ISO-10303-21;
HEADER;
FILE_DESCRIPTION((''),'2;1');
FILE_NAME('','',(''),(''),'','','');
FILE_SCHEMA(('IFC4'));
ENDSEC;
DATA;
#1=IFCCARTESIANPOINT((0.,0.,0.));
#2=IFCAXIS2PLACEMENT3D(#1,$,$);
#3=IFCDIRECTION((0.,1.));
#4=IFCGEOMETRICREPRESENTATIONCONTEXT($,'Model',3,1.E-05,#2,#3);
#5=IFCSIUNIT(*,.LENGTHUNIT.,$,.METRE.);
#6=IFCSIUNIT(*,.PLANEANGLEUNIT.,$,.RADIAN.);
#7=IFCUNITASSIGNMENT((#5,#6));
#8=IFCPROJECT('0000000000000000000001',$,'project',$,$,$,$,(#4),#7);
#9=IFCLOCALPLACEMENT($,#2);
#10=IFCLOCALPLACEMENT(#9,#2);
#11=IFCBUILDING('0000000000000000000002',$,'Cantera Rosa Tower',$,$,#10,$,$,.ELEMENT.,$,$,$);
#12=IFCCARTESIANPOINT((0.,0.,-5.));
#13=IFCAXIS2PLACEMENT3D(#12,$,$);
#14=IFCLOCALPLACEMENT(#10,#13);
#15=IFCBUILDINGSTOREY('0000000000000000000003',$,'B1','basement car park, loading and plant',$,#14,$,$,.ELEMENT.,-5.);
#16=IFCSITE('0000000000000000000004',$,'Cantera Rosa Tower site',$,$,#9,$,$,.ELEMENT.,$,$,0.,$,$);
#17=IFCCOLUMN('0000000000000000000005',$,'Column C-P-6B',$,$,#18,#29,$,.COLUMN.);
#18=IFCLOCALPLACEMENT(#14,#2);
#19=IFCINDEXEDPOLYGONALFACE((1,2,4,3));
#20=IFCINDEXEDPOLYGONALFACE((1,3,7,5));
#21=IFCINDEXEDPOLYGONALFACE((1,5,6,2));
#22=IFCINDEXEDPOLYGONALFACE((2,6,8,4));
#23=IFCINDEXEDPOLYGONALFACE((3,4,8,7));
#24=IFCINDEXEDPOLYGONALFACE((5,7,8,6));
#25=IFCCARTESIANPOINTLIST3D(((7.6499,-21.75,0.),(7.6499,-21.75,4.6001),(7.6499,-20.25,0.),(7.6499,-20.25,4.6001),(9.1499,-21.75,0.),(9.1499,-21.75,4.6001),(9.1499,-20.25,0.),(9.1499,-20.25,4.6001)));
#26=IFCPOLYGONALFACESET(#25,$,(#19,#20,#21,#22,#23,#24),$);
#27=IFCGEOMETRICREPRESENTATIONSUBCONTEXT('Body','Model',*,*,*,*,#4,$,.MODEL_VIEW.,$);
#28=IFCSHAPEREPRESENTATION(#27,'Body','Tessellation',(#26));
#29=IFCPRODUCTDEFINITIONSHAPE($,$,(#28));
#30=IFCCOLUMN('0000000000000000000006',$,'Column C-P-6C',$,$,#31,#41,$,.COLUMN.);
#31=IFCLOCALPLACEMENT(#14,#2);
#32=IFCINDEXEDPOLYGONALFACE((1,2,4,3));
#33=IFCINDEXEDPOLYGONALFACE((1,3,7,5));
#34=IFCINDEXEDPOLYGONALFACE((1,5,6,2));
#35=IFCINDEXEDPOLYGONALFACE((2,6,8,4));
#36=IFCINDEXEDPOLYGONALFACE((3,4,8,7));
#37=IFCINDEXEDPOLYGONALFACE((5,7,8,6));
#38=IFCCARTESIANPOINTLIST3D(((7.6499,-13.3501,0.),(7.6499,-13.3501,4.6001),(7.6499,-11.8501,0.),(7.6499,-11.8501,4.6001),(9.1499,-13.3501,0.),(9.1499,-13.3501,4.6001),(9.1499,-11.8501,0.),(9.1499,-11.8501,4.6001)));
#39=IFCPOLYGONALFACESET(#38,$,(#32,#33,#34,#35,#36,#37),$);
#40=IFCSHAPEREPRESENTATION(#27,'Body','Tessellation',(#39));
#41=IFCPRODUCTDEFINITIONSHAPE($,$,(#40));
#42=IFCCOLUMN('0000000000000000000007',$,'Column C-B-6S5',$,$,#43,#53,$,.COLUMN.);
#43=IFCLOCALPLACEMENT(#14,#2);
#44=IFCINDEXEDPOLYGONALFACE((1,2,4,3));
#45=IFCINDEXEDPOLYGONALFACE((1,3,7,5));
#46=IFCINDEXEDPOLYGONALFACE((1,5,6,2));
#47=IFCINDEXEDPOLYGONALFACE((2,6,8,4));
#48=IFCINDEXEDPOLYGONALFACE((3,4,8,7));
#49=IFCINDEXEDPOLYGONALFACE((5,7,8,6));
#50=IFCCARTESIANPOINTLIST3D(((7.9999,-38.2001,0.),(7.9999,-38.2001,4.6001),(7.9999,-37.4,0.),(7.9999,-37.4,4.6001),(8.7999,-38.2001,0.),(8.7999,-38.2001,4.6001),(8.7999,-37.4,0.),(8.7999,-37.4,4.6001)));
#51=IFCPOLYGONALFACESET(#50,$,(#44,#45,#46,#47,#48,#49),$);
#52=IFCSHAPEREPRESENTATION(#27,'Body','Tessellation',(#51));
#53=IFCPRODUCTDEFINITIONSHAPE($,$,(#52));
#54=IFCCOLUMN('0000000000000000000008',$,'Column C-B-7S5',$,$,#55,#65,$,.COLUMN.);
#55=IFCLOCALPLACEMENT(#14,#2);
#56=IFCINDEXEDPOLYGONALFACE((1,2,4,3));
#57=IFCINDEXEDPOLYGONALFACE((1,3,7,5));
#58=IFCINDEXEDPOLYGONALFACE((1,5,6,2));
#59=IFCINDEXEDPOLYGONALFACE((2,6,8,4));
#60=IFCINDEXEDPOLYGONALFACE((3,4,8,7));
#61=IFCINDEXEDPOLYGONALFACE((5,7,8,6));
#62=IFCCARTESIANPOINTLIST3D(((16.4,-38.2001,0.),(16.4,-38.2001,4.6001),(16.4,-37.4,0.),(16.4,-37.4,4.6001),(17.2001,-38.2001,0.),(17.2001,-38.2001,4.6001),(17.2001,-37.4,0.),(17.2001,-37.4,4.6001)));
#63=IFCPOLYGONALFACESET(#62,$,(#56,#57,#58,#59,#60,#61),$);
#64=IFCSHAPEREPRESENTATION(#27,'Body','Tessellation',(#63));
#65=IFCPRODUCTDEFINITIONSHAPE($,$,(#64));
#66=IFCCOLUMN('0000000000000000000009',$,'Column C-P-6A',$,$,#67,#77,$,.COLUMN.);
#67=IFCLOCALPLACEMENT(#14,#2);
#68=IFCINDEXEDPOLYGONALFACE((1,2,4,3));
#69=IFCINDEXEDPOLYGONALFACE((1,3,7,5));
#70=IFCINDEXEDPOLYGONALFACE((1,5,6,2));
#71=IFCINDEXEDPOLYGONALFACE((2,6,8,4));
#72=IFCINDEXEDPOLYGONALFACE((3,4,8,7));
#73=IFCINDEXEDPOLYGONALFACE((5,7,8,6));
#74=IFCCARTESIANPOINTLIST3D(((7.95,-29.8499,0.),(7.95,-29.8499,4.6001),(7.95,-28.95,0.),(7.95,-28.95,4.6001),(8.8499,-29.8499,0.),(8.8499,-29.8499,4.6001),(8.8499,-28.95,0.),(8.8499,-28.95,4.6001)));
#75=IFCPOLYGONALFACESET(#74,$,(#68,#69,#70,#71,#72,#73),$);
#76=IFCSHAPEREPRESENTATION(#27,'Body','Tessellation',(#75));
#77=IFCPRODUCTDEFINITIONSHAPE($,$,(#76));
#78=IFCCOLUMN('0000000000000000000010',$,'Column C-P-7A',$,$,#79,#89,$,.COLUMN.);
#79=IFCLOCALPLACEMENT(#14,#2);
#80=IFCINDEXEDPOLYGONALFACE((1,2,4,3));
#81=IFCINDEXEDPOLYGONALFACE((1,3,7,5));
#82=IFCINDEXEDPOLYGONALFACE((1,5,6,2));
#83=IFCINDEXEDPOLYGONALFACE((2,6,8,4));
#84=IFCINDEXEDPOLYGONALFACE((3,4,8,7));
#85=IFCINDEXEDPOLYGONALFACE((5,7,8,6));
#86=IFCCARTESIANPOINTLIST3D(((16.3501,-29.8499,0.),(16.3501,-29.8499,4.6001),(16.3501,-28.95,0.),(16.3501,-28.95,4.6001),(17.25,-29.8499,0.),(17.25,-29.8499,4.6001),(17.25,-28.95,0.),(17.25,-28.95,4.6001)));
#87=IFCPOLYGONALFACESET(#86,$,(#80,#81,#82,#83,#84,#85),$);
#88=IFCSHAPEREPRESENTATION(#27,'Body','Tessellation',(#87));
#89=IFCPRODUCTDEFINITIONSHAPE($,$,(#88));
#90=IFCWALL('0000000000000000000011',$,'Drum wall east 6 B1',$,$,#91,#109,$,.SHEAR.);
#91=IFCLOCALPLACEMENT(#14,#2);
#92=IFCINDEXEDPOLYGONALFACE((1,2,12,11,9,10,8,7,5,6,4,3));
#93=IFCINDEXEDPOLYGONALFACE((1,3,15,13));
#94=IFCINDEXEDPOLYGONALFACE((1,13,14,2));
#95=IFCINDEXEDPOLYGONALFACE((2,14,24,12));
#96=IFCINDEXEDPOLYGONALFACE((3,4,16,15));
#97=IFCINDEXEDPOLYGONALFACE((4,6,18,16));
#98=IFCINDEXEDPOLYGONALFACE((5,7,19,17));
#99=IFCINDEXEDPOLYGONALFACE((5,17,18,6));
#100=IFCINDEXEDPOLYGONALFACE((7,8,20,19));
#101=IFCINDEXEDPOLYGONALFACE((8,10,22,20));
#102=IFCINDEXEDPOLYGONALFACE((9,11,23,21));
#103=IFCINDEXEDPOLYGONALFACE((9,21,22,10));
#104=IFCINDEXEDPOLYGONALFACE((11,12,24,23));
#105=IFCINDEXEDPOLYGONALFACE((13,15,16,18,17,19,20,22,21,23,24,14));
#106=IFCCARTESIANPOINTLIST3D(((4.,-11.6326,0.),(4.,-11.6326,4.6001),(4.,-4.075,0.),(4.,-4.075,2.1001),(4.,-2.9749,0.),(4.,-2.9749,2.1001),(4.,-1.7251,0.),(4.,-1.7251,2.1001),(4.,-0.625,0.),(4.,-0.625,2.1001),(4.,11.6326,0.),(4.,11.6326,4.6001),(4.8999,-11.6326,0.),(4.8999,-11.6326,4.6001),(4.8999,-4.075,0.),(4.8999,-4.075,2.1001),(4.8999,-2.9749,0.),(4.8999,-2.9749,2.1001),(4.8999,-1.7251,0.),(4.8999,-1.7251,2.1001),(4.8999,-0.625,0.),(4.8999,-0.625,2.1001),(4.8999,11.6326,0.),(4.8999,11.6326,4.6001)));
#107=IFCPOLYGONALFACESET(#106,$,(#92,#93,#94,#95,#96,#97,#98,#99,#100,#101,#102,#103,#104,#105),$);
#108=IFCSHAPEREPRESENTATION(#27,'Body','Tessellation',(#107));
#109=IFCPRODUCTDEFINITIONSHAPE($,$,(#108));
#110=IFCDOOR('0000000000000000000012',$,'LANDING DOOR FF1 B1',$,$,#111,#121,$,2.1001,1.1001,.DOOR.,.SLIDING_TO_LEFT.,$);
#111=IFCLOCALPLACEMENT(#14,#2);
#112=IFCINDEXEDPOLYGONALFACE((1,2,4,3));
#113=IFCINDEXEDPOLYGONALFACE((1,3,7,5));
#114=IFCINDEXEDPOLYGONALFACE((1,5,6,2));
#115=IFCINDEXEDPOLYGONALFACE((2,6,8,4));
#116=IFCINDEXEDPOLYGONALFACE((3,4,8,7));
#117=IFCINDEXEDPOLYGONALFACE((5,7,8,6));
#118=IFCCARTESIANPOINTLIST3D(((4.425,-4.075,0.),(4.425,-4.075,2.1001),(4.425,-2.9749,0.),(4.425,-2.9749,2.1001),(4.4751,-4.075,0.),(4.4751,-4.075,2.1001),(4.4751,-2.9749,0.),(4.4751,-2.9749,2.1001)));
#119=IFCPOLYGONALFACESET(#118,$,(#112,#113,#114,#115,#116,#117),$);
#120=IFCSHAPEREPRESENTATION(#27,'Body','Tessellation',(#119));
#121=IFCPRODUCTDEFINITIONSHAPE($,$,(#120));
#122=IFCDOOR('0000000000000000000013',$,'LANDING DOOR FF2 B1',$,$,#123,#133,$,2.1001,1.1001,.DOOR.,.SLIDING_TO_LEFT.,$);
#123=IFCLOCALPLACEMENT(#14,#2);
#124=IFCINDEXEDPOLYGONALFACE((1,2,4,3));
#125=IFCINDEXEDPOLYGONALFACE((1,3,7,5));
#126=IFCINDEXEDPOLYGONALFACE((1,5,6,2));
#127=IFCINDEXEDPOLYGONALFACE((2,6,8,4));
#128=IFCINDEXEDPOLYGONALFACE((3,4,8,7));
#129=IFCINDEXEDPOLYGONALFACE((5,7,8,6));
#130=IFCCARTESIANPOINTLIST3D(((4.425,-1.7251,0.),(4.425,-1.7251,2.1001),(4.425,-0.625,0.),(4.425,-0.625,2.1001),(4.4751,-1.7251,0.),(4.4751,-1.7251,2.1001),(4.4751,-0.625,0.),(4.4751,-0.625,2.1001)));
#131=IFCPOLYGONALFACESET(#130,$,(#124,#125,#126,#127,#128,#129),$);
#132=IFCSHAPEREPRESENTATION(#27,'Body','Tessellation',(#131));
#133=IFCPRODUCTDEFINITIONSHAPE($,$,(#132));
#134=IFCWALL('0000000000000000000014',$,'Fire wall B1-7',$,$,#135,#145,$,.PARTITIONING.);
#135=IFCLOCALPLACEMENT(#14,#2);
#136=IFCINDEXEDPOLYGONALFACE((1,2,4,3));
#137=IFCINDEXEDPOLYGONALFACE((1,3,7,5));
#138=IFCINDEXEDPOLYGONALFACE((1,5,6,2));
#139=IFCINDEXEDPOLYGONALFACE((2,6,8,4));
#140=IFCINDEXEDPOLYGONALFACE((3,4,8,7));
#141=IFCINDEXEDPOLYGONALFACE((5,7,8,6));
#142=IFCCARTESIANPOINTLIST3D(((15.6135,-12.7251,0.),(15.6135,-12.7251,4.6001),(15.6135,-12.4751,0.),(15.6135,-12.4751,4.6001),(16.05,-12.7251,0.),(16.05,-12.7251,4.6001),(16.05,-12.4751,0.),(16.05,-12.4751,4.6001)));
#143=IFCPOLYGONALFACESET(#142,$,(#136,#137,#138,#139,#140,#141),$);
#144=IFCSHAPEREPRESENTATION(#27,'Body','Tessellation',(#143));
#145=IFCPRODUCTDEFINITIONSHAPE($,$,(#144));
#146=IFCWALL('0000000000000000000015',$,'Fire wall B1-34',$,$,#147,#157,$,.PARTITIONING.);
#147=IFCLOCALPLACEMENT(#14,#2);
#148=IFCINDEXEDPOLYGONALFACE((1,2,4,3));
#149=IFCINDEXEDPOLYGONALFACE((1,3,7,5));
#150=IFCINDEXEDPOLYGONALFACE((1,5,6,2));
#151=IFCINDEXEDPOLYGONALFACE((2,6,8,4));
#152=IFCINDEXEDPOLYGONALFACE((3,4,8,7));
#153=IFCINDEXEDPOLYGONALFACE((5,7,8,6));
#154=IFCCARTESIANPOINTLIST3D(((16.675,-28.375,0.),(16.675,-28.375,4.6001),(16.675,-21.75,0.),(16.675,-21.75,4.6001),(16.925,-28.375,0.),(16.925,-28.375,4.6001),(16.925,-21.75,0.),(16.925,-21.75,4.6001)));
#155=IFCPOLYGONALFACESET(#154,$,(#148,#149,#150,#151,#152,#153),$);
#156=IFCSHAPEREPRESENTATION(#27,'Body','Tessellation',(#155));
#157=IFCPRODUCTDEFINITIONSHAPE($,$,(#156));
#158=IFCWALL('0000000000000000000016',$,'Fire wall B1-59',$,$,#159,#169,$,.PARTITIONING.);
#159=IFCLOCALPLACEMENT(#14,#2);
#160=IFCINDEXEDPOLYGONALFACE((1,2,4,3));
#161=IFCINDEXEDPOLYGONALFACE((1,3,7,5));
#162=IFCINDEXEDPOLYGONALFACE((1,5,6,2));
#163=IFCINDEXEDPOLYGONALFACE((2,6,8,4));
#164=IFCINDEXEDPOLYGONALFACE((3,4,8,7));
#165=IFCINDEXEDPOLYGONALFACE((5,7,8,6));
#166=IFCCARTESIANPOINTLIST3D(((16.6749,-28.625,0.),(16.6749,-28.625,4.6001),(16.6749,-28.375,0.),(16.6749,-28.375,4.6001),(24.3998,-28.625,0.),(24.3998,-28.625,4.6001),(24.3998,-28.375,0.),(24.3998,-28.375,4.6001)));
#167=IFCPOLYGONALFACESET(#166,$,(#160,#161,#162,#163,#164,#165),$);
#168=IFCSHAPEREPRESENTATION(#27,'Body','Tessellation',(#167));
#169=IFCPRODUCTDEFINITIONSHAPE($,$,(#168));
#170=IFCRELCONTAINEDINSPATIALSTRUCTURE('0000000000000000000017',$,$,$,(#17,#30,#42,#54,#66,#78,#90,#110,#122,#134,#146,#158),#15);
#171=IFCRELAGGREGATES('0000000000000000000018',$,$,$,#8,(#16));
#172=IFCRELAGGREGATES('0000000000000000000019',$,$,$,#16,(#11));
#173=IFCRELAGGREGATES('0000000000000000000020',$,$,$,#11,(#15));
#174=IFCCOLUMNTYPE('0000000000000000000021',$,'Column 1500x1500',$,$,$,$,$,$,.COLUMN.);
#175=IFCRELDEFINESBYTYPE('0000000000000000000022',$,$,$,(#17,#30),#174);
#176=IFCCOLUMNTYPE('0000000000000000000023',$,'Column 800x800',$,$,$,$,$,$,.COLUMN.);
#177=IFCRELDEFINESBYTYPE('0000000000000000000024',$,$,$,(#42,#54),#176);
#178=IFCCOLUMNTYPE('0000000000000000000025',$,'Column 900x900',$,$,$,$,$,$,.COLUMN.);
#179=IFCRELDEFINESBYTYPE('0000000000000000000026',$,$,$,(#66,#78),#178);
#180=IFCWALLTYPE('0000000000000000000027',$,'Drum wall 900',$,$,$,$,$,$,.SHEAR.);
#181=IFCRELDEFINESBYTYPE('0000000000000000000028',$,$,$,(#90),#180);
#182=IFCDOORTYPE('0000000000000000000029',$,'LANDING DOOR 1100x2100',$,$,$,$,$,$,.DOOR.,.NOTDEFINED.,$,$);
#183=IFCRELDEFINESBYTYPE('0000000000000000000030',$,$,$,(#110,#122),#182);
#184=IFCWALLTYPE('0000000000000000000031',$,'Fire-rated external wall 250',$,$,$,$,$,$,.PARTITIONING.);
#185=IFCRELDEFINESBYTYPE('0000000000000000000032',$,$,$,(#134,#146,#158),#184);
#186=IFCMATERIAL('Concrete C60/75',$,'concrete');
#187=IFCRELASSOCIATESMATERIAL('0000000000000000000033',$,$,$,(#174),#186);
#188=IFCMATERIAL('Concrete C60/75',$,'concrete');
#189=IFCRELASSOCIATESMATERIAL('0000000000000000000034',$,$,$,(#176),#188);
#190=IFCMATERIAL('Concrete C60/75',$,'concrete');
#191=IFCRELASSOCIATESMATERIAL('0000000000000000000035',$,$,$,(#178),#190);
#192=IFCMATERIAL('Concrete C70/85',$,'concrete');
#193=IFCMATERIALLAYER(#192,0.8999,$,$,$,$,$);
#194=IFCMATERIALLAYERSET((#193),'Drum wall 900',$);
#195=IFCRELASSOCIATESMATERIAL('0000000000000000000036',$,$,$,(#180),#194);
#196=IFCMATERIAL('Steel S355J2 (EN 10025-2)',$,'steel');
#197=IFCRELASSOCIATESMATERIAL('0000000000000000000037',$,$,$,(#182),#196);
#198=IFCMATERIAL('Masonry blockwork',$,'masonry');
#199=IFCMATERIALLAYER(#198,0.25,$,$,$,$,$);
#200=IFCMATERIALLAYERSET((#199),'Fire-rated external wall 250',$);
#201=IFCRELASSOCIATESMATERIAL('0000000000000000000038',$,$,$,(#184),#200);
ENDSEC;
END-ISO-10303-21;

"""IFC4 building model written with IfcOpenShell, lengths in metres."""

from ifc_helpers import new_model, si_unit, direction, frame, frame_2d, origin, origin_2d, place, context, subcontext, project, spatial, rectangle, extrude, material, layer, layer_set, material_profile, profile_set, type_object, element, fill, save


model = new_model("IFC4")

# Units and contexts
model_context = context("Model", 3, precision=1e-05, world=origin(), true_north=direction((0.0, 1.0)))
body_context = subcontext(model_context, "Body", "Model", "MODEL_VIEW")
ifc_project = project(units=[si_unit("LENGTHUNIT", "METRE"), si_unit("PLANEANGLEUNIT", "RADIAN")], contexts=[model_context])

# Site, building, storey
site_placement = place(None, origin())
site = spatial("IfcSite", under=ifc_project, at=site_placement, Name="Cantera Rosa Tower site", CompositionType="ELEMENT", RefElevation=0.0)
building_placement = place(site_placement, origin())
building = spatial("IfcBuilding", under=site, at=building_placement, Name="Cantera Rosa Tower", CompositionType="ELEMENT")
storey_placement = place(building_placement, frame((0.0, 0.0, -5.0)))
storey = spatial("IfcBuildingStorey", under=building, at=storey_placement, Name="B1", Description="basement car park, loading and plant", CompositionType="ELEMENT", Elevation=-5.0)

# Columns
ifc_material_1 = material(Name="Concrete C60/75", Category="concrete")
ifc_material_profile_1 = material_profile(ifc_material_1, rectangle(XDim=1.5, YDim=1.5, at=origin_2d()), Name="Column 1500x1500")
ifc_profile_set_1 = profile_set([ifc_material_profile_1], Name="Concrete C60/75")
column_type_1 = type_object("IfcColumnType", Name="Column 1500x1500", PredefinedType="COLUMN", material=ifc_profile_set_1)
for number, where, z_axis, x_axis, name in (
    (1, (8.3999, -21.0, 0.0), (0.0, 0.0, 1.0), (1.0, 0.0, 0.0), "Column C-P-6B"),
    (2, (8.3999, -12.6001, 0.0), (0.0, 0.0, 1.0), (1.0, 0.0, 0.0), "Column C-P-6C"),
):
    element("IfcColumn", number, at=place(storey_placement, frame(where, z_axis=z_axis, x_axis=x_axis)), inside=storey, type_object=column_type_1, Name=name, PredefinedType="COLUMN", context=body_context, shape_type="SweptSolid", body=[
        extrude(rectangle(XDim=1.5, YDim=1.5, at=origin_2d()), origin(), (0.0, 0.0, 1.0), 4.6001),
    ])
ifc_material_2 = material(Name="Concrete C60/75", Category="concrete")
ifc_material_profile_2 = material_profile(ifc_material_2, rectangle(XDim=0.8, YDim=0.8, at=origin_2d()), Name="Column 800x800")
ifc_profile_set_2 = profile_set([ifc_material_profile_2], Name="Concrete C60/75")
column_type_2 = type_object("IfcColumnType", Name="Column 800x800", PredefinedType="COLUMN", material=ifc_profile_set_2)
for number, where, z_axis, x_axis, name in (
    (3, (8.3999, -37.8, 0.0), (0.0, 0.0, 1.0), (1.0, 0.0, 0.0), "Column C-B-6S5"),
    (4, (16.8, -37.8, 0.0), (0.0, 0.0, 1.0), (1.0, 0.0, 0.0), "Column C-B-7S5"),
):
    element("IfcColumn", number, at=place(storey_placement, frame(where, z_axis=z_axis, x_axis=x_axis)), inside=storey, type_object=column_type_2, Name=name, PredefinedType="COLUMN", context=body_context, shape_type="SweptSolid", body=[
        extrude(rectangle(XDim=0.8, YDim=0.8, at=origin_2d()), origin(), (0.0, 0.0, 1.0), 4.6001),
    ])
ifc_material_3 = material(Name="Concrete C60/75", Category="concrete")
ifc_material_profile_3 = material_profile(ifc_material_3, rectangle(XDim=0.8999, YDim=0.8999, at=origin_2d()), Name="Column 900x900")
ifc_profile_set_3 = profile_set([ifc_material_profile_3], Name="Concrete C60/75")
column_type_3 = type_object("IfcColumnType", Name="Column 900x900", PredefinedType="COLUMN", material=ifc_profile_set_3)
for number, where, z_axis, x_axis, name in (
    (5, (8.3999, -29.3999, 0.0), (0.0, 0.0, 1.0), (1.0, 0.0, 0.0), "Column C-P-6A"),
    (6, (16.8, -29.3999, 0.0), (0.0, 0.0, 1.0), (1.0, 0.0, 0.0), "Column C-P-7A"),
):
    element("IfcColumn", number, at=place(storey_placement, frame(where, z_axis=z_axis, x_axis=x_axis)), inside=storey, type_object=column_type_3, Name=name, PredefinedType="COLUMN", context=body_context, shape_type="SweptSolid", body=[
        extrude(rectangle(XDim=0.8999, YDim=0.8999, at=origin_2d()), origin(), (0.0, 0.0, 1.0), 4.6001),
    ])

# Wall, openings, doors
ifc_material_4 = material(Name="Concrete C70/85", Category="concrete")
ifc_layer_1 = layer(ifc_material_4, 0.8999)
ifc_layer_set_1 = layer_set([ifc_layer_1], Name="Drum wall 900")
wall_type_1 = type_object("IfcWallType", Name="Drum wall 900", PredefinedType="SHEAR", material=ifc_layer_set_1)
wall_1_placement = place(storey_placement, frame((4.45, -11.6326, 0.0), z_axis=(0.0, 0.0, 1.0), x_axis=(0.0, 1.0, 0.0)))
wall_1 = element("IfcWall", 7, at=wall_1_placement, inside=storey, type_object=wall_type_1, Name="Drum wall east 6 B1", PredefinedType="SHEAR", context=body_context, shape_type="SweptSolid", body=[
    extrude(rectangle(XDim=23.2651, YDim=0.8999, at=frame_2d((11.6326, 0.0))), origin(), (0.0, 0.0, 1.0), 4.6001),
])
opening_1_placement = place(wall_1_placement, frame((7.5576, 0.0, 0.0)))
opening_1 = element("IfcOpeningElement", 8, at=opening_1_placement, cuts=wall_1, PredefinedType="OPENING", context=body_context, shape_type="SweptSolid", body=[
    extrude(rectangle(XDim=1.1001, YDim=2.1001, at=frame_2d((0.55, 1.05))), frame((0.0, 0.46, 0.0), z_axis=(0.0, -1.0, 0.0), x_axis=(1.0, 0.0, 0.0)), (0.0, 0.0, 1.0), 0.9199),
])
opening_2_placement = place(wall_1_placement, frame((9.9075, 0.0, 0.0)))
opening_2 = element("IfcOpeningElement", 9, at=opening_2_placement, cuts=wall_1, PredefinedType="OPENING", context=body_context, shape_type="SweptSolid", body=[
    extrude(rectangle(XDim=1.1001, YDim=2.1001, at=frame_2d((0.55, 1.05))), frame((0.0, 0.46, 0.0), z_axis=(0.0, -1.0, 0.0), x_axis=(1.0, 0.0, 0.0)), (0.0, 0.0, 1.0), 0.9199),
])
ifc_material_5 = material(Name="Steel S355J2 (EN 10025-2)", Category="steel")
door_type_1 = type_object("IfcDoorType", Name="LANDING DOOR 1100x2100", OperationType="NOTDEFINED", PredefinedType="DOOR", material=ifc_material_5)
door_1_placement = place(opening_1_placement, origin())
door_1 = element("IfcDoor", 10, at=door_1_placement, inside=storey, type_object=door_type_1, Name="LANDING DOOR FF1 B1", OperationType="SLIDING_TO_LEFT", OverallHeight=2.1001, OverallWidth=1.1001, PredefinedType="DOOR", context=body_context, shape_type="SweptSolid", body=[
    extrude(rectangle(XDim=1.1001, YDim=2.1001, at=frame_2d((0.55, 1.05))), frame((0.0, 0.0249, 0.0), z_axis=(0.0, -1.0, 0.0), x_axis=(1.0, 0.0, 0.0)), (0.0, 0.0, 1.0), 0.05),
])
fill(opening_1, door_1)
door_2_placement = place(opening_2_placement, origin())
door_2 = element("IfcDoor", 11, at=door_2_placement, inside=storey, type_object=door_type_1, Name="LANDING DOOR FF2 B1", OperationType="SLIDING_TO_LEFT", OverallHeight=2.1001, OverallWidth=1.1001, PredefinedType="DOOR", context=body_context, shape_type="SweptSolid", body=[
    extrude(rectangle(XDim=1.1001, YDim=2.1001, at=frame_2d((0.55, 1.05))), frame((0.0, 0.0249, 0.0), z_axis=(0.0, -1.0, 0.0), x_axis=(1.0, 0.0, 0.0)), (0.0, 0.0, 1.0), 0.05),
])
fill(opening_2, door_2)

# Walls
ifc_material_6 = material(Name="Masonry blockwork", Category="masonry")
ifc_layer_2 = layer(ifc_material_6, 0.25)
ifc_layer_set_2 = layer_set([ifc_layer_2], Name="Fire-rated external wall 250")
wall_type_2 = type_object("IfcWallType", Name="Fire-rated external wall 250", PredefinedType="PARTITIONING", material=ifc_layer_set_2)
wall_2_placement = place(storey_placement, frame((15.6135, -12.6001, 0.0), z_axis=(0.0, 0.0, 1.0), x_axis=(1.0, 0.0, 0.0)))
element("IfcWall", 12, at=wall_2_placement, inside=storey, type_object=wall_type_2, Name="Fire wall B1-7", PredefinedType="PARTITIONING", context=body_context, shape_type="SweptSolid", body=[
    extrude(rectangle(XDim=0.4365, YDim=0.25, at=frame_2d((0.2183, 0.0))), origin(), (0.0, 0.0, 1.0), 4.6001),
])
wall_3_placement = place(storey_placement, frame((16.8, -28.375, 0.0), z_axis=(0.0, 0.0, 1.0), x_axis=(0.0, 1.0, 0.0)))
element("IfcWall", 13, at=wall_3_placement, inside=storey, type_object=wall_type_2, Name="Fire wall B1-34", PredefinedType="PARTITIONING", context=body_context, shape_type="SweptSolid", body=[
    extrude(rectangle(XDim=6.625, YDim=0.25, at=frame_2d((3.3125, 0.0))), origin(), (0.0, 0.0, 1.0), 4.6001),
])
wall_4_placement = place(storey_placement, frame((16.675, -28.5, 0.0), z_axis=(0.0, 0.0, 1.0), x_axis=(1.0, 0.0, 0.0)))
element("IfcWall", 14, at=wall_4_placement, inside=storey, type_object=wall_type_2, Name="Fire wall B1-59", PredefinedType="PARTITIONING", context=body_context, shape_type="SweptSolid", body=[
    extrude(rectangle(XDim=7.7249, YDim=0.25, at=frame_2d((3.8623, 0.0))), origin(), (0.0, 0.0, 1.0), 4.6001),
])

save(model, "model.ifc")
